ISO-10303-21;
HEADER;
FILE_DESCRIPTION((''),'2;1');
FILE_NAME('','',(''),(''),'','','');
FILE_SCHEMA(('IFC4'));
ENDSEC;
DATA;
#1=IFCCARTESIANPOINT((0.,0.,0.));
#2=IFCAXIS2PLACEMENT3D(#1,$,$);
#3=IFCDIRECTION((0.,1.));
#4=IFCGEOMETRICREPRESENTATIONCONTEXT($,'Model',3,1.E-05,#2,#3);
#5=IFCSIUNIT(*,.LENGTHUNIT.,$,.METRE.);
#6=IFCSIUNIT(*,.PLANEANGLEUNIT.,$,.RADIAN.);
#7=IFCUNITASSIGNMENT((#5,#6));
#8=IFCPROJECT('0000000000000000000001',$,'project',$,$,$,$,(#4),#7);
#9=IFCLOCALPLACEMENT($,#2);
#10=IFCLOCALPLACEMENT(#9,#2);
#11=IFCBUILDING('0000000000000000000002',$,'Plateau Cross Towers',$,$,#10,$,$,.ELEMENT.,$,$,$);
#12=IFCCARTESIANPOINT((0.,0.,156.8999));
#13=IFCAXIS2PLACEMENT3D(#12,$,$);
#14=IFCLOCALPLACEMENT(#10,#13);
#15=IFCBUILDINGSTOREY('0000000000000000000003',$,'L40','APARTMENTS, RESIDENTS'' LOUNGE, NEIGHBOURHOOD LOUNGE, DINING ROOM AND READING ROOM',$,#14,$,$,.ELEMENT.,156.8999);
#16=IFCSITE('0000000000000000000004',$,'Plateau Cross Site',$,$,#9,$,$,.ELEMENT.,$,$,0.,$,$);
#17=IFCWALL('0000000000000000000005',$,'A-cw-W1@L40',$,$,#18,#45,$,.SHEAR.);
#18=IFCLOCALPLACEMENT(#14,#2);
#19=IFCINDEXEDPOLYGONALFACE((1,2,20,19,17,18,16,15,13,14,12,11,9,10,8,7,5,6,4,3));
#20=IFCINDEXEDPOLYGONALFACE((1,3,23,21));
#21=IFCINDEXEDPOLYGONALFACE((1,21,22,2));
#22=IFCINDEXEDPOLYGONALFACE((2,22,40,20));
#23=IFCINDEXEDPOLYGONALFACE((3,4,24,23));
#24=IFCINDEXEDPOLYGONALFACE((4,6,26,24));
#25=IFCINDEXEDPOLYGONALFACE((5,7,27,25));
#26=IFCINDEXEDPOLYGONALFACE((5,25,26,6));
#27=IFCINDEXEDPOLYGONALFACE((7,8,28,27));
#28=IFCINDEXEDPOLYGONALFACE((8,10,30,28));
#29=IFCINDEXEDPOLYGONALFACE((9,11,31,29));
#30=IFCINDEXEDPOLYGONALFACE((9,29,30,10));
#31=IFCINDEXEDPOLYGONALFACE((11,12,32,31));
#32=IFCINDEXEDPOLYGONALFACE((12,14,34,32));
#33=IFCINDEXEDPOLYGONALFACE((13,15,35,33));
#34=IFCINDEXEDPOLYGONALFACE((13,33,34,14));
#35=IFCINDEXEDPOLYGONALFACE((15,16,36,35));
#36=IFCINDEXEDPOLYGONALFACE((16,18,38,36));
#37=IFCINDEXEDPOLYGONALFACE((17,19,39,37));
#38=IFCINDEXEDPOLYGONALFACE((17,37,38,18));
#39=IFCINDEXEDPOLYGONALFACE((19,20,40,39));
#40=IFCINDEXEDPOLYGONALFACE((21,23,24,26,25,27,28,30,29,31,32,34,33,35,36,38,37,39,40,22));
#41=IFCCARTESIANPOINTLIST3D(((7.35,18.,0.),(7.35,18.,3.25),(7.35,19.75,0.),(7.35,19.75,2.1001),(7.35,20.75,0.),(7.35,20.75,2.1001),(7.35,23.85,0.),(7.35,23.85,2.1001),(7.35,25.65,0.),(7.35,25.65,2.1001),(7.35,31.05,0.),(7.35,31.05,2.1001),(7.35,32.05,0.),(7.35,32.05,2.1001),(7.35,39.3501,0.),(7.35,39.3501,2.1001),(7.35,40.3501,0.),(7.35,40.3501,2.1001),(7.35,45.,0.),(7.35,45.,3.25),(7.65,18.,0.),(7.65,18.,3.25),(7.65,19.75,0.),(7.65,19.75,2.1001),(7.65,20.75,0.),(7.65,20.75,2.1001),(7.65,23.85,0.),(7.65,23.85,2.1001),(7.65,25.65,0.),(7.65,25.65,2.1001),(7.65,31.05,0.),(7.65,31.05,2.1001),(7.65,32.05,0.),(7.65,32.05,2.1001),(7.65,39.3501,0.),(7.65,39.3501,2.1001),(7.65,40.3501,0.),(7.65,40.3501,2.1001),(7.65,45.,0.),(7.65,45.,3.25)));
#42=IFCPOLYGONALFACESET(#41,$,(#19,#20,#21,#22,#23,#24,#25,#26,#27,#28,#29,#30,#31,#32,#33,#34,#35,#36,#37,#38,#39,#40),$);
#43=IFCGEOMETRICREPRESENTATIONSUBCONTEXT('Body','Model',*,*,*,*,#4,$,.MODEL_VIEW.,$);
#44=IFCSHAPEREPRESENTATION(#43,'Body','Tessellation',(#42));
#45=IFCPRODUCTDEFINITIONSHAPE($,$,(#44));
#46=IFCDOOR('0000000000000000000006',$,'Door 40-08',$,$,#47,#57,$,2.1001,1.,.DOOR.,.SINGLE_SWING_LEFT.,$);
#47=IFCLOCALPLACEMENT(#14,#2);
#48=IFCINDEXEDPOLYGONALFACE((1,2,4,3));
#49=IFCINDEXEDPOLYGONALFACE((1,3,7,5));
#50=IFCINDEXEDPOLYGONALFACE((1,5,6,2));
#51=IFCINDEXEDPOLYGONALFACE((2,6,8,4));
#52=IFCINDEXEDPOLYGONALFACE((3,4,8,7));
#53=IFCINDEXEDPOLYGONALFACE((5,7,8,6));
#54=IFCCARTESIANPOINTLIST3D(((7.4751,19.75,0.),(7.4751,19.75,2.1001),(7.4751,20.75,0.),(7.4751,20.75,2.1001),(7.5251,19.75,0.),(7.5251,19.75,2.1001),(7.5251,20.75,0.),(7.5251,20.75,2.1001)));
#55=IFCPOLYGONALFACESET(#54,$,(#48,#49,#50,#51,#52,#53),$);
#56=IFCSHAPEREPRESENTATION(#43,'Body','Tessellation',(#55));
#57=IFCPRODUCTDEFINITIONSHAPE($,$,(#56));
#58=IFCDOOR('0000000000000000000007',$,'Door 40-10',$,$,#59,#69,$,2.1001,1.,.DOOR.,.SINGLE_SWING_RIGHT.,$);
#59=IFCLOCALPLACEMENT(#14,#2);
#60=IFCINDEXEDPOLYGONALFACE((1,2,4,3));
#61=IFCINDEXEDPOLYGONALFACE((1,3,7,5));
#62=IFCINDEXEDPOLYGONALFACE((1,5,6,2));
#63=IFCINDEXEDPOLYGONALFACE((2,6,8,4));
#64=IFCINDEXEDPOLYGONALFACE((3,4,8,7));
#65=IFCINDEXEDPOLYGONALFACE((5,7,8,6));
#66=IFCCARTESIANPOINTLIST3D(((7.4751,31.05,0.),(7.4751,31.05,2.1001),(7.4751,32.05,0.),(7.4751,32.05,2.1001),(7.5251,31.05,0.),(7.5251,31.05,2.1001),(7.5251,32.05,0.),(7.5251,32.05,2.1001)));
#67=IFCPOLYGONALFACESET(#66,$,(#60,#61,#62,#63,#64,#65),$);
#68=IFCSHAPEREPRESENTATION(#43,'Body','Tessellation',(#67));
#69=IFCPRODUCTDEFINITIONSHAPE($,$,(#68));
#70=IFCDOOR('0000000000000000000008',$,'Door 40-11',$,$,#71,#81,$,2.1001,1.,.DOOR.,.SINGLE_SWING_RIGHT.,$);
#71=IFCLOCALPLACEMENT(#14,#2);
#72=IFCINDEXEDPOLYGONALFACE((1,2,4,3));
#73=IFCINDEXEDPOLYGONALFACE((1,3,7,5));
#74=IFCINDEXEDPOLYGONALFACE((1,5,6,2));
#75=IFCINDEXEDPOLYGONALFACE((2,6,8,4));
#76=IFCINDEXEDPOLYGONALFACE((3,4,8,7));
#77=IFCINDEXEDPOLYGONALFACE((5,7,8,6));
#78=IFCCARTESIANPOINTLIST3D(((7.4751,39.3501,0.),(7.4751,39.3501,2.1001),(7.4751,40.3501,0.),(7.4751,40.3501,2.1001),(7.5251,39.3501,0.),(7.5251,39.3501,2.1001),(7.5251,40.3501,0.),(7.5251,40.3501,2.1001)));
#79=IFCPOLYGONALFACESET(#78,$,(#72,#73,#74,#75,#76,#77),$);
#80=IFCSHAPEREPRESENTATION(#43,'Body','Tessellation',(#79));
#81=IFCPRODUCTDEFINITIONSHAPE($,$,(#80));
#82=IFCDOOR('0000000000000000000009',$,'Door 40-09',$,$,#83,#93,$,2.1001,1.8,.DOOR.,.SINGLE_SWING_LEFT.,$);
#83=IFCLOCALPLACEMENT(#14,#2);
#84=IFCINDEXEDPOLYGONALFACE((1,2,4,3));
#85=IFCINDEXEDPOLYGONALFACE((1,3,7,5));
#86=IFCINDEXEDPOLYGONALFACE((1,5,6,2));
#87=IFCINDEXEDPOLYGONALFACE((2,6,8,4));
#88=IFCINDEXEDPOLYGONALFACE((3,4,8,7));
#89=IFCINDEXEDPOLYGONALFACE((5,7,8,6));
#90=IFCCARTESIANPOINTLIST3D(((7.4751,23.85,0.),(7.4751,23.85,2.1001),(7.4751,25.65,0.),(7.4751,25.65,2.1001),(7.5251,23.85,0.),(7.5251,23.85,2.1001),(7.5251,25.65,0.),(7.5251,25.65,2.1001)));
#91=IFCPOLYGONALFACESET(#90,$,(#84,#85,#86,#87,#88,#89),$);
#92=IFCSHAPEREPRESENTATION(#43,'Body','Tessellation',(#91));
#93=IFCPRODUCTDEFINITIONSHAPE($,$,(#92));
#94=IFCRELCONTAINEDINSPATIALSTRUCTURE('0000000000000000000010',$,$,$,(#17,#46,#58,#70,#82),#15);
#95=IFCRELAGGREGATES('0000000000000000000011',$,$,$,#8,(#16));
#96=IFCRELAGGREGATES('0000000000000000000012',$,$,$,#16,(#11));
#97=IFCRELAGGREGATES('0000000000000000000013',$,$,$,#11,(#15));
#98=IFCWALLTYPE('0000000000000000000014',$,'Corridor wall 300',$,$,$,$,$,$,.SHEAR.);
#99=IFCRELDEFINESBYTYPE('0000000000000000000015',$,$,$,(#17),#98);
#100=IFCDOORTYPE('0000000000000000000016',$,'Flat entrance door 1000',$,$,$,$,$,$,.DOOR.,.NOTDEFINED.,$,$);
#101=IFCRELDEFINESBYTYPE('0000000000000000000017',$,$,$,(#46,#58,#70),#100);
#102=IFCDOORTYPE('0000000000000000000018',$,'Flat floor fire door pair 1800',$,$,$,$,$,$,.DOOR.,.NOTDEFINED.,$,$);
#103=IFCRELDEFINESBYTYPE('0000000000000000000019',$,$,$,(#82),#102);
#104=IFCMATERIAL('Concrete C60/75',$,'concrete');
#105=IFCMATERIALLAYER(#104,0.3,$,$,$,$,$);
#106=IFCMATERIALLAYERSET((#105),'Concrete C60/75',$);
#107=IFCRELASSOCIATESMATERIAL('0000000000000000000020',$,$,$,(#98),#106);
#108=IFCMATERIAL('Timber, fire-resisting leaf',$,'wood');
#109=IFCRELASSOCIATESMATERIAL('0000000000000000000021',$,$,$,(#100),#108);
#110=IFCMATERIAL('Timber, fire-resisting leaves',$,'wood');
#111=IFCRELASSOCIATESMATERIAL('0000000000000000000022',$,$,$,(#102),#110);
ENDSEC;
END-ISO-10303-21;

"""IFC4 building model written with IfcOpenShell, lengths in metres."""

from ifc_helpers import new_model, si_unit, direction, frame, frame_2d, origin, place, context, subcontext, project, spatial, rectangle, extrude, material, layer, layer_set, type_object, element, fill, save


model = new_model("IFC4")

# Units and contexts
model_context = context("Model", 3, precision=1e-05, world=origin(), true_north=direction((0.0, 1.0)))
body_context = subcontext(model_context, "Body", "Model", "MODEL_VIEW")
ifc_project = project(units=[si_unit("LENGTHUNIT", "METRE"), si_unit("PLANEANGLEUNIT", "RADIAN")], contexts=[model_context])

# Site, building, storey
site_placement = place(None, origin())
site = spatial("IfcSite", under=ifc_project, at=site_placement, Name="Plateau Cross Site", CompositionType="ELEMENT", RefElevation=0.0)
building_placement = place(site_placement, origin())
building = spatial("IfcBuilding", under=site, at=building_placement, Name="Plateau Cross Towers", CompositionType="ELEMENT")
storey_placement = place(building_placement, frame((0.0, 0.0, 156.8999)))
storey = spatial("IfcBuildingStorey", under=building, at=storey_placement, Name="L40", Description="APARTMENTS, RESIDENTS' LOUNGE, NEIGHBOURHOOD LOUNGE, DINING ROOM AND READING ROOM", CompositionType="ELEMENT", Elevation=156.8999)

# Shared definitions
ifc_material_1 = material(Name="Concrete C60/75", Category="concrete")

# Wall, openings, doors
ifc_layer_1 = layer(ifc_material_1, 0.3)
ifc_layer_set_1 = layer_set([ifc_layer_1], Name="Concrete C60/75")
wall_type_1 = type_object("IfcWallType", Name="Corridor wall 300", PredefinedType="SHEAR", material=ifc_layer_set_1)
wall_1_placement = place(storey_placement, frame((7.5, 18.0, 0.0), z_axis=(0.0, 0.0, 1.0), x_axis=(0.0, 1.0, 0.0)))
wall_1 = element("IfcWall", 1, at=wall_1_placement, inside=storey, type_object=wall_type_1, Name="A-cw-W1@L40", PredefinedType="SHEAR", context=body_context, shape_type="SweptSolid", body=[
    extrude(rectangle(XDim=27.0, YDim=0.3, at=frame_2d((13.5, 0.0))), origin(), (0.0, 0.0, 1.0), 3.25),
])
opening_1_placement = place(wall_1_placement, frame((1.75, 0.0, 0.0)))
opening_1 = element("IfcOpeningElement", 2, at=opening_1_placement, cuts=wall_1, PredefinedType="OPENING", context=body_context, shape_type="SweptSolid", body=[
    extrude(rectangle(XDim=1.0, YDim=2.1001, at=frame_2d((0.5, 1.05))), frame((0.0, 0.1599, 0.0), z_axis=(0.0, -1.0, 0.0), x_axis=(1.0, 0.0, 0.0)), (0.0, 0.0, 1.0), 0.3201),
])
opening_2_placement = place(wall_1_placement, frame((5.8501, 0.0, 0.0)))
opening_2 = element("IfcOpeningElement", 3, at=opening_2_placement, cuts=wall_1, PredefinedType="OPENING", context=body_context, shape_type="SweptSolid", body=[
    extrude(rectangle(XDim=1.8, YDim=2.1001, at=frame_2d((0.8999, 1.05))), frame((0.0, 0.1599, 0.0), z_axis=(0.0, -1.0, 0.0), x_axis=(1.0, 0.0, 0.0)), (0.0, 0.0, 1.0), 0.3201),
])
opening_3_placement = place(wall_1_placement, frame((13.05, 0.0, 0.0)))
opening_3 = element("IfcOpeningElement", 4, at=opening_3_placement, cuts=wall_1, PredefinedType="OPENING", context=body_context, shape_type="SweptSolid", body=[
    extrude(rectangle(XDim=1.0, YDim=2.1001, at=frame_2d((0.5, 1.05))), frame((0.0, 0.1599, 0.0), z_axis=(0.0, -1.0, 0.0), x_axis=(1.0, 0.0, 0.0)), (0.0, 0.0, 1.0), 0.3201),
])
opening_4_placement = place(wall_1_placement, frame((21.3501, 0.0, 0.0)))
opening_4 = element("IfcOpeningElement", 5, at=opening_4_placement, cuts=wall_1, PredefinedType="OPENING", context=body_context, shape_type="SweptSolid", body=[
    extrude(rectangle(XDim=1.0, YDim=2.1001, at=frame_2d((0.5, 1.05))), frame((0.0, 0.1599, 0.0), z_axis=(0.0, -1.0, 0.0), x_axis=(1.0, 0.0, 0.0)), (0.0, 0.0, 1.0), 0.3201),
])
ifc_material_2 = material(Name="Timber, fire-resisting leaf", Category="wood")
door_type_1 = type_object("IfcDoorType", Name="Flat entrance door 1000", OperationType="NOTDEFINED", PredefinedType="DOOR", material=ifc_material_2)
door_1_placement = place(opening_1_placement, origin())
door_1 = element("IfcDoor", 6, at=door_1_placement, inside=storey, type_object=door_type_1, Name="Door 40-08", OperationType="SINGLE_SWING_LEFT", OverallHeight=2.1001, OverallWidth=1.0, PredefinedType="DOOR", context=body_context, shape_type="SweptSolid", body=[
    extrude(rectangle(XDim=1.0, YDim=2.1001, at=frame_2d((0.5, 1.05))), frame((0.0, 0.0249, 0.0), z_axis=(0.0, -1.0, 0.0), x_axis=(1.0, 0.0, 0.0)), (0.0, 0.0, 1.0), 0.05),
])
fill(opening_1, door_1)
door_2_placement = place(opening_3_placement, origin())
door_2 = element("IfcDoor", 7, at=door_2_placement, inside=storey, type_object=door_type_1, Name="Door 40-10", OperationType="SINGLE_SWING_RIGHT", OverallHeight=2.1001, OverallWidth=1.0, PredefinedType="DOOR", context=body_context, shape_type="SweptSolid", body=[
    extrude(rectangle(XDim=1.0, YDim=2.1001, at=frame_2d((0.5, 1.05))), frame((0.0, 0.0249, 0.0), z_axis=(0.0, -1.0, 0.0), x_axis=(1.0, 0.0, 0.0)), (0.0, 0.0, 1.0), 0.05),
])
fill(opening_3, door_2)
door_3_placement = place(opening_4_placement, origin())
door_3 = element("IfcDoor", 8, at=door_3_placement, inside=storey, type_object=door_type_1, Name="Door 40-11", OperationType="SINGLE_SWING_RIGHT", OverallHeight=2.1001, OverallWidth=1.0, PredefinedType="DOOR", context=body_context, shape_type="SweptSolid", body=[
    extrude(rectangle(XDim=1.0, YDim=2.1001, at=frame_2d((0.5, 1.05))), frame((0.0, 0.0249, 0.0), z_axis=(0.0, -1.0, 0.0), x_axis=(1.0, 0.0, 0.0)), (0.0, 0.0, 1.0), 0.05),
])
fill(opening_4, door_3)
ifc_material_3 = material(Name="Timber, fire-resisting leaves", Category="wood")
door_type_2 = type_object("IfcDoorType", Name="Flat floor fire door pair 1800", OperationType="NOTDEFINED", PredefinedType="DOOR", material=ifc_material_3)
door_4_placement = place(opening_2_placement, origin())
door_4 = element("IfcDoor", 9, at=door_4_placement, inside=storey, type_object=door_type_2, Name="Door 40-09", OperationType="SINGLE_SWING_LEFT", OverallHeight=2.1001, OverallWidth=1.8, PredefinedType="DOOR", context=body_context, shape_type="SweptSolid", body=[
    extrude(rectangle(XDim=1.8, YDim=2.1001, at=frame_2d((0.8999, 1.05))), frame((0.0, 0.0249, 0.0), z_axis=(0.0, -1.0, 0.0), x_axis=(1.0, 0.0, 0.0)), (0.0, 0.0, 1.0), 0.05),
])
fill(opening_2, door_4)

save(model, "model.ifc")
